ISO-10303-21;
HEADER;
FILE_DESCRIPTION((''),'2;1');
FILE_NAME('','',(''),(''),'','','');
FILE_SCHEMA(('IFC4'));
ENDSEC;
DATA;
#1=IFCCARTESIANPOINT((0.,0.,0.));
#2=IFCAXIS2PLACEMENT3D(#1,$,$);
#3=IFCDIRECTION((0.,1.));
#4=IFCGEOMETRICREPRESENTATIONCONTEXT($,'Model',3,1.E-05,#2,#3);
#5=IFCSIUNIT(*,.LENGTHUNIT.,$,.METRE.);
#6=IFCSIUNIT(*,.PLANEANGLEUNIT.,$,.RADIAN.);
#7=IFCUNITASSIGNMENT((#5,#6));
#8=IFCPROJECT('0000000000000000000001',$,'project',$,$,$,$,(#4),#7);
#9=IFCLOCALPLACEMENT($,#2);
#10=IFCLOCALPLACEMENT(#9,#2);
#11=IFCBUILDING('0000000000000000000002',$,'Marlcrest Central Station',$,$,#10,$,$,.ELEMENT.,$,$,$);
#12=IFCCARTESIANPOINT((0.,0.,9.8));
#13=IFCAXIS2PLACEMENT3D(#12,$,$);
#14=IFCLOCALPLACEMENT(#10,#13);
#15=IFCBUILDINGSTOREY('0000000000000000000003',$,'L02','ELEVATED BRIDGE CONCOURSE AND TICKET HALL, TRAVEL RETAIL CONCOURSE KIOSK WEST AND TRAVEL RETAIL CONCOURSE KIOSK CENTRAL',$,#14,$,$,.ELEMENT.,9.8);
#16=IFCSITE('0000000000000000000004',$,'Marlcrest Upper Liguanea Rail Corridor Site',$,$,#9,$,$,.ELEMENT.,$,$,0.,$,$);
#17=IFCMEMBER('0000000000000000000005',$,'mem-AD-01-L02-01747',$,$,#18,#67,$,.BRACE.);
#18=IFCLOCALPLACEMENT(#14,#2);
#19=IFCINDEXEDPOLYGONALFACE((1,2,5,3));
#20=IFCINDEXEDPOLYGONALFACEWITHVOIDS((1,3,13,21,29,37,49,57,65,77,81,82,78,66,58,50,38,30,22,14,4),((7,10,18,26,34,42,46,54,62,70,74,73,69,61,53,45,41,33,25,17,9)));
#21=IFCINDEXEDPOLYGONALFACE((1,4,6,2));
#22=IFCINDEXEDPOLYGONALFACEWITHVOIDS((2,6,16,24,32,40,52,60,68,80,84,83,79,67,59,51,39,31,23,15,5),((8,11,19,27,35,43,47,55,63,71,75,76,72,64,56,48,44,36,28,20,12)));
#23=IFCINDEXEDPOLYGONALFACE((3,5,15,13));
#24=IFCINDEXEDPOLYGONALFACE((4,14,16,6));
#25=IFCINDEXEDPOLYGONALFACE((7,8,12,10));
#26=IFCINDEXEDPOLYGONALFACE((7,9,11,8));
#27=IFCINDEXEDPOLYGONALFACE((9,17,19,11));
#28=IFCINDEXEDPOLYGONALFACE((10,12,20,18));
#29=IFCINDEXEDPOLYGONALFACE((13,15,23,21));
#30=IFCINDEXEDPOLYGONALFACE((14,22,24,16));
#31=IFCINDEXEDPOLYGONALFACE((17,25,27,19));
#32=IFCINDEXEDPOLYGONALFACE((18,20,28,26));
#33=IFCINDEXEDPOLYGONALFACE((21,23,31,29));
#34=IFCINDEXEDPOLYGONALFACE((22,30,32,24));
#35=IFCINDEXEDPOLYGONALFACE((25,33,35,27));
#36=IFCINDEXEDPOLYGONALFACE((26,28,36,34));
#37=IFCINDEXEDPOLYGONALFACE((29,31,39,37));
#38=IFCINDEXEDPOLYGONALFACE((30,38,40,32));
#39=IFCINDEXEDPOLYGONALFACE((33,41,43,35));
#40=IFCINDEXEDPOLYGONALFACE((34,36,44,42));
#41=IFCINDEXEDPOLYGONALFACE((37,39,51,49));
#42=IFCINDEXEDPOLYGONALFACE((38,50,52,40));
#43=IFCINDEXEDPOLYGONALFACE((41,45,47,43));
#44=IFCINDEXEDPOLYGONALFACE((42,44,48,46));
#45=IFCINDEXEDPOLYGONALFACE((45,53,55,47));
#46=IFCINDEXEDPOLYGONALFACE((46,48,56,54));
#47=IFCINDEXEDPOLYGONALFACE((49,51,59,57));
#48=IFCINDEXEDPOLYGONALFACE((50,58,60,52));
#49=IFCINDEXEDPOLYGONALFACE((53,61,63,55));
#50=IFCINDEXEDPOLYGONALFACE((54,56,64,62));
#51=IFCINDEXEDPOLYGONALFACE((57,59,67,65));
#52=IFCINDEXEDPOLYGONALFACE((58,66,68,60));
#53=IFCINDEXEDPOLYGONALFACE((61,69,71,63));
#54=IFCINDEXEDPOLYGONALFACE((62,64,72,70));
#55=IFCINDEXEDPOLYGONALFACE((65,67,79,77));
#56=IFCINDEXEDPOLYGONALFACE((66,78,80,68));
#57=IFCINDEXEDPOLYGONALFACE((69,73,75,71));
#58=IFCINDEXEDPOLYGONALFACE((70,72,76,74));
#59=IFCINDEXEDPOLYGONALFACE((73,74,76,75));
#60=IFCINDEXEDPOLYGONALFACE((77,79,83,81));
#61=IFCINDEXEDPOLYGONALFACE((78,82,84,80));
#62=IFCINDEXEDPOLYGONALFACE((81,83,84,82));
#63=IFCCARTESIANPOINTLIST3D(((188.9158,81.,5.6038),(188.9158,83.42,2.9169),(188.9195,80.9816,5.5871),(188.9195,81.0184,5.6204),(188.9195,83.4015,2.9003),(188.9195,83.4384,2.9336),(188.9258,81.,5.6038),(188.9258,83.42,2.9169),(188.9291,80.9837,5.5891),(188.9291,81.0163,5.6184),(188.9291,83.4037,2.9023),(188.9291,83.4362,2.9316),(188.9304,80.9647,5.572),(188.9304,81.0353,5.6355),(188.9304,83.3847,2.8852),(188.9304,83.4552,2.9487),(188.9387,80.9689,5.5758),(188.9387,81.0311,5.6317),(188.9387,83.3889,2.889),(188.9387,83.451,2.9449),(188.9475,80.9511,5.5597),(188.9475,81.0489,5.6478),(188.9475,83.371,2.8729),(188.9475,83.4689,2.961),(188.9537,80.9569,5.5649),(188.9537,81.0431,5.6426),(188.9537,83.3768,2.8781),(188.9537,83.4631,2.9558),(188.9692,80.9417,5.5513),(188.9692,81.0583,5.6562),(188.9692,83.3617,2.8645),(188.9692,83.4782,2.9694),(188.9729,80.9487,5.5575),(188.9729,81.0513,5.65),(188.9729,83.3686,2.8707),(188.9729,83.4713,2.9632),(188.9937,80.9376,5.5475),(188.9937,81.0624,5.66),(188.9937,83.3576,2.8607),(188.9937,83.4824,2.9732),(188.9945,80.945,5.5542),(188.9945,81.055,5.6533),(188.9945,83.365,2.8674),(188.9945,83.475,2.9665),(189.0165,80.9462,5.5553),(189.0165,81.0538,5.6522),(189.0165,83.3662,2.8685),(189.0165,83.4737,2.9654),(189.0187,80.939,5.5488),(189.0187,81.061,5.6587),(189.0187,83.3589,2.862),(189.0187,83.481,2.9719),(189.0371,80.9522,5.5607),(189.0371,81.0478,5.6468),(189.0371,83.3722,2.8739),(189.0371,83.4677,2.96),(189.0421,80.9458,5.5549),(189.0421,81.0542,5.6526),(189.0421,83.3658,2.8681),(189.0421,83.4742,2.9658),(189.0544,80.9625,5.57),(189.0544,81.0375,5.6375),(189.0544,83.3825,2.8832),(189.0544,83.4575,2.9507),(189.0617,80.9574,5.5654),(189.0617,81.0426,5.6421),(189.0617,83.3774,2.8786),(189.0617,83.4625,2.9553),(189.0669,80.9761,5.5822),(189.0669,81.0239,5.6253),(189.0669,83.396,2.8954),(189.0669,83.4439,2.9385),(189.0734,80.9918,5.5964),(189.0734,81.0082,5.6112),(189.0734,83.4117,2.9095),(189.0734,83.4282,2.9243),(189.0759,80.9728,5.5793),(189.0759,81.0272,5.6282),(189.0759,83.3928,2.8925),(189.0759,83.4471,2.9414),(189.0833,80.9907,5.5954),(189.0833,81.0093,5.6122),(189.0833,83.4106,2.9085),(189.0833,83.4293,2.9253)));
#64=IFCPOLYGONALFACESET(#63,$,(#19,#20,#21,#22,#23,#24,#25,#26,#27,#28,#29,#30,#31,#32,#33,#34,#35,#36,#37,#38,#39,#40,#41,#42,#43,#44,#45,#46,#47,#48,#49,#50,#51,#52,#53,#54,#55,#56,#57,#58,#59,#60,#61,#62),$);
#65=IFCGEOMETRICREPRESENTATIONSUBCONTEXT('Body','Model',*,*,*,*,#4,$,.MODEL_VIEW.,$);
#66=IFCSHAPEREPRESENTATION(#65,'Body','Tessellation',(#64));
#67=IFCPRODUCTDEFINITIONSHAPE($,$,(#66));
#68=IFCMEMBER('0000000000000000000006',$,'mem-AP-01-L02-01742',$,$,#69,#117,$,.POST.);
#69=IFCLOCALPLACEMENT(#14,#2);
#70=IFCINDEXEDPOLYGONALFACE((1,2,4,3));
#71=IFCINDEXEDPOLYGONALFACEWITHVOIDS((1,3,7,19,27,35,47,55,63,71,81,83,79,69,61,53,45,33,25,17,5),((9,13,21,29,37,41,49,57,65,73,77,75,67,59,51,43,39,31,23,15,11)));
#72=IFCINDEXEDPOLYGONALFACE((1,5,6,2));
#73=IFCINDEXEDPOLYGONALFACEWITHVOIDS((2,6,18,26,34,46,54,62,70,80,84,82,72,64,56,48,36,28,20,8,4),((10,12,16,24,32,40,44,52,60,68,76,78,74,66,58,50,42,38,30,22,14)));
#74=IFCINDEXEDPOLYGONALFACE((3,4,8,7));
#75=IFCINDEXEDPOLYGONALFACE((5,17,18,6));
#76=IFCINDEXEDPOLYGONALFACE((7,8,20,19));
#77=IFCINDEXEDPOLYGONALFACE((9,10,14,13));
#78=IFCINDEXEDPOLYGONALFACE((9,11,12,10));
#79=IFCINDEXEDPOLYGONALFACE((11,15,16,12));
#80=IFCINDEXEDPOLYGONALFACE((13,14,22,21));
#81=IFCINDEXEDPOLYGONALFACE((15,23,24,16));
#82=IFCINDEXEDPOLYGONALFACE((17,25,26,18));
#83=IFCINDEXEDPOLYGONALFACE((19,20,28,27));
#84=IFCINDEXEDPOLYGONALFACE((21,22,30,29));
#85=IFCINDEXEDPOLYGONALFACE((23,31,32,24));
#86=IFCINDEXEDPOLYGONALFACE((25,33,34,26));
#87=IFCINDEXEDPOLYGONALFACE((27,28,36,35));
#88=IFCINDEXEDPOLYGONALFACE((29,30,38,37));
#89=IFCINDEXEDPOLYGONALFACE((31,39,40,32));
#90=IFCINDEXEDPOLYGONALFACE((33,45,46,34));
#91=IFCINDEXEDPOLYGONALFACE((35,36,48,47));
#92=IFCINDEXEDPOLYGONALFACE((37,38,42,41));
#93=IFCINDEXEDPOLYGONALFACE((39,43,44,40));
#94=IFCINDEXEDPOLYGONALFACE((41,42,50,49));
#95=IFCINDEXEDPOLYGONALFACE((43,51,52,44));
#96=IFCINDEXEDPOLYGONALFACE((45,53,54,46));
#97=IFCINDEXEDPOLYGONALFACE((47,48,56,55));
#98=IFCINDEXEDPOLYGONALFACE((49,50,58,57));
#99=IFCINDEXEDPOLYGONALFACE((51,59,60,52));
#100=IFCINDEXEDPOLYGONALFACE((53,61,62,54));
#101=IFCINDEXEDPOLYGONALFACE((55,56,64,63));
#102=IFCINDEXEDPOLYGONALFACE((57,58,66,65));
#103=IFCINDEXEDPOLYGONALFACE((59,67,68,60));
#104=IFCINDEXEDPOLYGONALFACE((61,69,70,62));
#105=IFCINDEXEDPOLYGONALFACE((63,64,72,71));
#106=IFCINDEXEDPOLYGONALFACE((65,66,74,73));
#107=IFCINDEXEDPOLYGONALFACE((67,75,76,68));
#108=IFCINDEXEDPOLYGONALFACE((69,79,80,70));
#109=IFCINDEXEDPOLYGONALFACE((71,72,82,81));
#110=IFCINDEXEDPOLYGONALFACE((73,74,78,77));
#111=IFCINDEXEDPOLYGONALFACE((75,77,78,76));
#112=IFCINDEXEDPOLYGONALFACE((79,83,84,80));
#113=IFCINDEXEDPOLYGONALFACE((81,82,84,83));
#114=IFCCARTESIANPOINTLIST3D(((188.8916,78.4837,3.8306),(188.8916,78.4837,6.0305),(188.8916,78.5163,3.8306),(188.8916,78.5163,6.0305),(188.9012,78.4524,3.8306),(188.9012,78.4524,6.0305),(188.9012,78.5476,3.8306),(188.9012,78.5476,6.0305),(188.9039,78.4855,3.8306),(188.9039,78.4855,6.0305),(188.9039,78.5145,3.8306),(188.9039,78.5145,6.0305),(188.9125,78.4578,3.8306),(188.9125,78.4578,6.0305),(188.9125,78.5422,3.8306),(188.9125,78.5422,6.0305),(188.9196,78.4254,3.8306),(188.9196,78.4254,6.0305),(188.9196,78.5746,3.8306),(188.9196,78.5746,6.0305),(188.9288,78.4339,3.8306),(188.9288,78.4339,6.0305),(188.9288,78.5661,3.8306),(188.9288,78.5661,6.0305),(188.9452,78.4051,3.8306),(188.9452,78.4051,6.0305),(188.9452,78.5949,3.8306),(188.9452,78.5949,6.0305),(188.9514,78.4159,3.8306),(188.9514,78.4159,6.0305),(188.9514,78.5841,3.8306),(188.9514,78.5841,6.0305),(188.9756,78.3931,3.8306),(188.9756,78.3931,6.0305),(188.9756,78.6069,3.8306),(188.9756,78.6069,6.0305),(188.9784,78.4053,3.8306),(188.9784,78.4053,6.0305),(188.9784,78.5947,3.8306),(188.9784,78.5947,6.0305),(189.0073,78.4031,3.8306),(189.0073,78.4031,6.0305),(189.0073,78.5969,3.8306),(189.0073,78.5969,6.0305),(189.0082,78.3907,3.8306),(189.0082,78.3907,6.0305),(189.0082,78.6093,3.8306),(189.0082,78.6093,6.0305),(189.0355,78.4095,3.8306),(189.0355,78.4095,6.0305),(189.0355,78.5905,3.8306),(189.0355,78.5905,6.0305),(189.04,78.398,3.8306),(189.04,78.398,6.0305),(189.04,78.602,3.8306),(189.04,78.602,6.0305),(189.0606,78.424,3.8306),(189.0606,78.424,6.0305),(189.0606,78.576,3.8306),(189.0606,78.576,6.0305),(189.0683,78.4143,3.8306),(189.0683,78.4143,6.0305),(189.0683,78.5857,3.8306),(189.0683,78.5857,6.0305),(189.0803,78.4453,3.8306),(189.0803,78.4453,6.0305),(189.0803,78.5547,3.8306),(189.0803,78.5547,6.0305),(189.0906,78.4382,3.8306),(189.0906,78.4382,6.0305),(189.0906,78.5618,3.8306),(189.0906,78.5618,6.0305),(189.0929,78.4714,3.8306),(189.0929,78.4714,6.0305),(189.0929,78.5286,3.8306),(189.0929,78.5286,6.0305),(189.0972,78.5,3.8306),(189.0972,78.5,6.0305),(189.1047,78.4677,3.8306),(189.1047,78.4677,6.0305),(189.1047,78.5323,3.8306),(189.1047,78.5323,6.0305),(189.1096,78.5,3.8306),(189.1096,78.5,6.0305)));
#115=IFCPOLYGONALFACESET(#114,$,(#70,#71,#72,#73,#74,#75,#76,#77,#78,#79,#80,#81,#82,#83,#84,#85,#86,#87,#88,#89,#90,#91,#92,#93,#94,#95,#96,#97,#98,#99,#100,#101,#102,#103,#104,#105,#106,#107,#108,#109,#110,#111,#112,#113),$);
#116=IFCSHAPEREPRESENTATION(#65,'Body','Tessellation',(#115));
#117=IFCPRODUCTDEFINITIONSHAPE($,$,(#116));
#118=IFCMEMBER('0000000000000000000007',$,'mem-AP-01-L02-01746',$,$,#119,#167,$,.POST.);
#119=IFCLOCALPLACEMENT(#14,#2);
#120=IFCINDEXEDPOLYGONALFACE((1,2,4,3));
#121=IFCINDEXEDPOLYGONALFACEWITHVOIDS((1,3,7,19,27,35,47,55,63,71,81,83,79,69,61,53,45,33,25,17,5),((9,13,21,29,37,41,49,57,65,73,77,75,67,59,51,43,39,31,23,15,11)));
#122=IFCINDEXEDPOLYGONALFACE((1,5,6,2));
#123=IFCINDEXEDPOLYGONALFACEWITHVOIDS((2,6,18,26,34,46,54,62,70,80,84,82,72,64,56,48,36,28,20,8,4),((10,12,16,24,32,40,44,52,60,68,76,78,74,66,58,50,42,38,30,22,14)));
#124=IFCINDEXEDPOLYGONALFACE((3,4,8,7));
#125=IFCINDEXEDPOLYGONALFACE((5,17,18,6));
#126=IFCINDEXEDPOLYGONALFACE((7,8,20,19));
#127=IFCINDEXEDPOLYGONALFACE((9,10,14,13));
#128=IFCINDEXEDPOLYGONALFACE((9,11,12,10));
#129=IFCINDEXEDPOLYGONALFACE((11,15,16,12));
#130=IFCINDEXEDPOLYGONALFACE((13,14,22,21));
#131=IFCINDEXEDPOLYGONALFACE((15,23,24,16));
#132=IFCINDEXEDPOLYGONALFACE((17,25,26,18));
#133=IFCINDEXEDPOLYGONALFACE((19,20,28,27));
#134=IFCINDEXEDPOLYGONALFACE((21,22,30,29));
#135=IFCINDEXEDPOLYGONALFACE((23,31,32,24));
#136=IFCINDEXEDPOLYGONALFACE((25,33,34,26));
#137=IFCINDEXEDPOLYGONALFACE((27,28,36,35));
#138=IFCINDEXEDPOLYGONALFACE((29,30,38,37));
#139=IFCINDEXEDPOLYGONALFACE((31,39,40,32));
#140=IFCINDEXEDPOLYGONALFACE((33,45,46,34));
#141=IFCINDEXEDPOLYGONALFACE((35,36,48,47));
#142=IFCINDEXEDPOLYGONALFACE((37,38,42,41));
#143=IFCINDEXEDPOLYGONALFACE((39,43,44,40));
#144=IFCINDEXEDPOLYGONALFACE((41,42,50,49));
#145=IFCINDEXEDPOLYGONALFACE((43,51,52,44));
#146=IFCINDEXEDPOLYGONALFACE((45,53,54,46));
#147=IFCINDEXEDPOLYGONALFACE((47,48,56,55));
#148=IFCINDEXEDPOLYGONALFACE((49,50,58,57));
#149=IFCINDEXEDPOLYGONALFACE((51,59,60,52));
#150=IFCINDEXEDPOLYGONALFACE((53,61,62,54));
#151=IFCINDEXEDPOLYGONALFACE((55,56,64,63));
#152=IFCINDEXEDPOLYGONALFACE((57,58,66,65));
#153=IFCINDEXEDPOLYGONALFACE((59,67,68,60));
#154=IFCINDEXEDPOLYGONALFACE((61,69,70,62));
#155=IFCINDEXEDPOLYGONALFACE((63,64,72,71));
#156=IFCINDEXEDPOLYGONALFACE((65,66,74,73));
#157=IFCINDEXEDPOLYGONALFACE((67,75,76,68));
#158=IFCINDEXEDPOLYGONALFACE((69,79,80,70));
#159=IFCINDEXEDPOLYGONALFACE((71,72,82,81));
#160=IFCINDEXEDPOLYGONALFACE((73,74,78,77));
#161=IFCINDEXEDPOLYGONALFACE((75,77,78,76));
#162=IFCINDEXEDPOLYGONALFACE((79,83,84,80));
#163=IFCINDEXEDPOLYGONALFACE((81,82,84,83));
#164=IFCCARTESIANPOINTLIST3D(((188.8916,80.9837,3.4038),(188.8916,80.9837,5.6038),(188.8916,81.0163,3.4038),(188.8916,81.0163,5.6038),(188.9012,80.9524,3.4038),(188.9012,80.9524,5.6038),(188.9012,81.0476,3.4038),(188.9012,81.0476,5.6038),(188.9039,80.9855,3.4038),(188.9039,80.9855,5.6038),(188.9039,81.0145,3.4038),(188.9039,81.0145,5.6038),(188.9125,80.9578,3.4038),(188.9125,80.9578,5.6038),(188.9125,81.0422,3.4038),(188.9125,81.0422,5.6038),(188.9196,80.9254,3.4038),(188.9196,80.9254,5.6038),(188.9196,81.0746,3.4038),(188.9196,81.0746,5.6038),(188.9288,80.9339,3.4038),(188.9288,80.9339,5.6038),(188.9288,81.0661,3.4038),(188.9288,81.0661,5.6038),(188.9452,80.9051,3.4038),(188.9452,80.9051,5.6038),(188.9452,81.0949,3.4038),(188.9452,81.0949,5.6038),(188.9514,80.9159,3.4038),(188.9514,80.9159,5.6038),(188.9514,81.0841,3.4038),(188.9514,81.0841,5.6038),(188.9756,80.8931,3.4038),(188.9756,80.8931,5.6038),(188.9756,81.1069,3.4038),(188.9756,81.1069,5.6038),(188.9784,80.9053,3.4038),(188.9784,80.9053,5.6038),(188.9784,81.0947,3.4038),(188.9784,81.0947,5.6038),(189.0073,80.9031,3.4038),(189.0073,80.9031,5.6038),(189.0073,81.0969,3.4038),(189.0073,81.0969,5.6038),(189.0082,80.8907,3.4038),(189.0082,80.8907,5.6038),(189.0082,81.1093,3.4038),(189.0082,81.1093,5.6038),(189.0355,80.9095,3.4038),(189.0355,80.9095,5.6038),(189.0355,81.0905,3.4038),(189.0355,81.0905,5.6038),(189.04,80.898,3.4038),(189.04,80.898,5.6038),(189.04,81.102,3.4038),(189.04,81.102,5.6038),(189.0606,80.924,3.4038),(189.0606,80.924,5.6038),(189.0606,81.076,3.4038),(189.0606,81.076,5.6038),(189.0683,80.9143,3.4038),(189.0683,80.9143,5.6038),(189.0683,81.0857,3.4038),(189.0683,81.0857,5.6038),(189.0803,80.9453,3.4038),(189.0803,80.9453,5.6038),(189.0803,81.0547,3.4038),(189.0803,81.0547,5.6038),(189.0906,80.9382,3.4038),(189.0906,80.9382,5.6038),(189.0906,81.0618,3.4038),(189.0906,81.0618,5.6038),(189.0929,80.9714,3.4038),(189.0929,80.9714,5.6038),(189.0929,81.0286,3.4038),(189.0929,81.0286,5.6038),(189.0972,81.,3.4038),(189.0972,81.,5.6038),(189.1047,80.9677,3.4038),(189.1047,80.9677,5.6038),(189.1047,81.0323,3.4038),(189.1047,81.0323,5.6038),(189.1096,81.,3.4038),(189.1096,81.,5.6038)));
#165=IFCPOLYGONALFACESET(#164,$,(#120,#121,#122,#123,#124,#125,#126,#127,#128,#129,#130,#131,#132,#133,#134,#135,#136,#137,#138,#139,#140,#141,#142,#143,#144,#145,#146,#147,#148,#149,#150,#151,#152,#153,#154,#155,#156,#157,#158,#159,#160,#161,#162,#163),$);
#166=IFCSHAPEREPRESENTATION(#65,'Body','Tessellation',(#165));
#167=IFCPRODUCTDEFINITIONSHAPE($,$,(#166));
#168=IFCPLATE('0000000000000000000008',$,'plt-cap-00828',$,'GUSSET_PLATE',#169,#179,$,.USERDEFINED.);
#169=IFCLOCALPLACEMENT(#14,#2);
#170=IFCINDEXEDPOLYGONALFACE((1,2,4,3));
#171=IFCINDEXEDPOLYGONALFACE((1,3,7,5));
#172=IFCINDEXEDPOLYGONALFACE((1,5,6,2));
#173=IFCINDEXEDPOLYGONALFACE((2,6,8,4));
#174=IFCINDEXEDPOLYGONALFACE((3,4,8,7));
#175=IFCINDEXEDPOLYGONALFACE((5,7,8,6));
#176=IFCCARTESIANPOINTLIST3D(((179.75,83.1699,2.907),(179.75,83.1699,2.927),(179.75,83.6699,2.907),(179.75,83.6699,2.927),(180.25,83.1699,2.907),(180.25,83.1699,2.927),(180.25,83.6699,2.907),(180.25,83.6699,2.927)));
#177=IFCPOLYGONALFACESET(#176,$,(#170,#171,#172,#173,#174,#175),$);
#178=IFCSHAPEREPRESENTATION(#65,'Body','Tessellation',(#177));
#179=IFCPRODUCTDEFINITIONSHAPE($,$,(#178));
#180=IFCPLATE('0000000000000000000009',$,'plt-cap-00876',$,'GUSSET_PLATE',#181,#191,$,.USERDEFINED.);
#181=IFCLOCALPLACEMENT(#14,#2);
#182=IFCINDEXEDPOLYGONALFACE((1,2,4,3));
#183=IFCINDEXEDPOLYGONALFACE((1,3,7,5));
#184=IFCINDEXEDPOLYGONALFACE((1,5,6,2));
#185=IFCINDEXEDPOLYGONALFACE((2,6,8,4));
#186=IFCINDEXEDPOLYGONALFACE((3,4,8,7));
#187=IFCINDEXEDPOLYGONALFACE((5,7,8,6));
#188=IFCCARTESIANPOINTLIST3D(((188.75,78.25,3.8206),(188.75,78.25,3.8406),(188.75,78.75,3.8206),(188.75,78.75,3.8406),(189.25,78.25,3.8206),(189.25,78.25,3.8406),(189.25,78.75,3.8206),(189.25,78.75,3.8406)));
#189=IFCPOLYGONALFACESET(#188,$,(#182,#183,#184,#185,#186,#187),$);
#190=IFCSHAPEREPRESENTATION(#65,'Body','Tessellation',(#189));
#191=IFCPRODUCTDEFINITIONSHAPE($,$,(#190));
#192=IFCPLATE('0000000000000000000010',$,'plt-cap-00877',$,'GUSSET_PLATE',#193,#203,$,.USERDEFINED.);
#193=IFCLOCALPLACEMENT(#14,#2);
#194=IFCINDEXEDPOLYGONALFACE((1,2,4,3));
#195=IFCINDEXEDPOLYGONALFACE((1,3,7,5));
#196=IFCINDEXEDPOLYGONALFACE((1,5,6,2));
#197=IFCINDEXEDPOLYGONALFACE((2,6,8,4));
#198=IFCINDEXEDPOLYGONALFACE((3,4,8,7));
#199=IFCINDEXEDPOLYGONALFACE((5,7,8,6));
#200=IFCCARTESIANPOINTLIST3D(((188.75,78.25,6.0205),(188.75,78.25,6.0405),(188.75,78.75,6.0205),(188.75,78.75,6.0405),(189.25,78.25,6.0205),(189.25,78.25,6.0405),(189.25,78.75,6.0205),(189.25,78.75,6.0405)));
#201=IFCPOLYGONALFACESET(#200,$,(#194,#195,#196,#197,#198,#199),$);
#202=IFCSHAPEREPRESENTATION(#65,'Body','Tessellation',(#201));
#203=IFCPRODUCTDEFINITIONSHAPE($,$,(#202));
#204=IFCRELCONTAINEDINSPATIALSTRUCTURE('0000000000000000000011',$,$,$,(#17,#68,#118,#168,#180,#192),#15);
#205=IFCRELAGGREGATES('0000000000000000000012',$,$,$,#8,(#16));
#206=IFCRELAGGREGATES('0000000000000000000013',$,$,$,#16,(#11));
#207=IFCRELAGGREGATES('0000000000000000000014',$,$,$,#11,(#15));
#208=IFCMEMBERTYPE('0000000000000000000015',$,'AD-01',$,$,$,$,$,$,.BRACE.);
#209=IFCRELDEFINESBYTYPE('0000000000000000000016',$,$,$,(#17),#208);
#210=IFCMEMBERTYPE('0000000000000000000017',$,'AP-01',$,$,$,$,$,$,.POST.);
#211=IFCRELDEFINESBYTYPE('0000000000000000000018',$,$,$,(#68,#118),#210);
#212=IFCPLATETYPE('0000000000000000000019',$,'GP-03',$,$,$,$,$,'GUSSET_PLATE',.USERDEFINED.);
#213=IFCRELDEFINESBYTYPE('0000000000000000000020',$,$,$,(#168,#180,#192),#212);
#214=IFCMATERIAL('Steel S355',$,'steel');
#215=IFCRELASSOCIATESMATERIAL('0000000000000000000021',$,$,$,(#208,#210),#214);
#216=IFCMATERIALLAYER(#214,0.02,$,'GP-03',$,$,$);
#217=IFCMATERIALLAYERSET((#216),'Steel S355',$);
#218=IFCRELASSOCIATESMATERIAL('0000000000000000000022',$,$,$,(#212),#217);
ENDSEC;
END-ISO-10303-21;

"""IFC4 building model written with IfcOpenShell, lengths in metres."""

from ifc_helpers import new_model, si_unit, direction, frame, origin, origin_2d, place, context, subcontext, project, spatial, rectangle, hollow_circle, extrude, material, layer, layer_set, material_profile, profile_set, type_object, element, save


model = new_model("IFC4")

# Units and contexts
model_context = context("Model", 3, precision=1e-05, world=origin(), true_north=direction((0.0, 1.0)))
body_context = subcontext(model_context, "Body", "Model", "MODEL_VIEW")
ifc_project = project(units=[si_unit("LENGTHUNIT", "METRE"), si_unit("PLANEANGLEUNIT", "RADIAN")], contexts=[model_context])

# Site, building, storey
site_placement = place(None, origin())
site = spatial("IfcSite", under=ifc_project, at=site_placement, Name="Marlcrest Upper Liguanea Rail Corridor Site", CompositionType="ELEMENT", RefElevation=0.0)
building_placement = place(site_placement, origin())
building = spatial("IfcBuilding", under=site, at=building_placement, Name="Marlcrest Central Station", CompositionType="ELEMENT")
storey_placement = place(building_placement, frame((0.0, 0.0, 9.8)))
storey = spatial("IfcBuildingStorey", under=building, at=storey_placement, Name="L02", Description="ELEVATED BRIDGE CONCOURSE AND TICKET HALL, TRAVEL RETAIL CONCOURSE KIOSK WEST AND TRAVEL RETAIL CONCOURSE KIOSK CENTRAL", CompositionType="ELEMENT", Elevation=9.8)

# Members
ifc_material_1 = material(Name="Steel S355", Category="steel")
ifc_material_profile_1 = material_profile(ifc_material_1, hollow_circle(Radius=0.0842, WallThickness=0.01, at=origin_2d()), Name="CHS 168.3x10")
ifc_profile_set_1 = profile_set([ifc_material_profile_1], Name="Steel S355")
member_type_1 = type_object("IfcMemberType", Name="AD-01", PredefinedType="BRACE", material=ifc_profile_set_1)
member_1_placement = place(storey_placement, frame((189.0, 81.0, 5.6038), z_axis=(0.0, 0.669244, -0.743042), x_axis=(-1.0, 0.0, 0.0)))
element("IfcMember", 1, at=member_1_placement, inside=storey, type_object=member_type_1, Name="mem-AD-01-L02-01747", PredefinedType="BRACE", context=body_context, shape_type="SweptSolid", body=[
    extrude(hollow_circle(Radius=0.0842, WallThickness=0.01, at=origin_2d()), origin(), (0.0, 0.0, 1.0), 3.616),
])
ifc_material_profile_2 = material_profile(ifc_material_1, hollow_circle(Radius=0.1096, WallThickness=0.0125, at=origin_2d()), Name="CHS 219.1x12.5")
ifc_profile_set_2 = profile_set([ifc_material_profile_2], Name="Steel S355")
member_type_2 = type_object("IfcMemberType", Name="AP-01", PredefinedType="POST", material=ifc_profile_set_2)
for number, where, z_axis, x_axis, name in (
    (2, (189.0, 78.5, 3.8306), (0.0, 0.0, 1.0), (1.0, 0.0, 0.0), "mem-AP-01-L02-01742"),
    (3, (189.0, 81.0, 3.4038), (0.0, 0.0, 1.0), (1.0, 0.0, 0.0), "mem-AP-01-L02-01746"),
):
    element("IfcMember", number, at=place(storey_placement, frame(where, z_axis=z_axis, x_axis=x_axis)), inside=storey, type_object=member_type_2, Name=name, PredefinedType="POST", context=body_context, shape_type="SweptSolid", body=[
        extrude(hollow_circle(Radius=0.1096, WallThickness=0.0125, at=origin_2d()), origin(), (0.0, 0.0, 1.0), 2.2),
    ])

# Plates
ifc_layer_1 = layer(ifc_material_1, 0.02, Name="GP-03")
ifc_layer_set_1 = layer_set([ifc_layer_1], Name="Steel S355")
plate_type = type_object("IfcPlateType", Name="GP-03", ElementType="GUSSET_PLATE", PredefinedType="USERDEFINED", material=ifc_layer_set_1)
for number, where, z_axis, x_axis, name in (
    (4, (180.0, 83.4199, 2.907), (0.0, 0.0, 1.0), (1.0, 0.0, 0.0), "plt-cap-00828"),
    (5, (189.0, 78.5, 3.8206), (0.0, 0.0, 1.0), (1.0, 0.0, 0.0), "plt-cap-00876"),
    (6, (189.0, 78.5, 6.0205), (0.0, 0.0, 1.0), (1.0, 0.0, 0.0), "plt-cap-00877"),
):
    element("IfcPlate", number, at=place(storey_placement, frame(where, z_axis=z_axis, x_axis=x_axis)), inside=storey, type_object=plate_type, Name=name, ObjectType="GUSSET_PLATE", PredefinedType="USERDEFINED", context=body_context, shape_type="SweptSolid", body=[
        extrude(rectangle(XDim=0.5, YDim=0.5, at=origin_2d()), origin(), (0.0, 0.0, 1.0), 0.02),
    ])

save(model, "model.ifc")
